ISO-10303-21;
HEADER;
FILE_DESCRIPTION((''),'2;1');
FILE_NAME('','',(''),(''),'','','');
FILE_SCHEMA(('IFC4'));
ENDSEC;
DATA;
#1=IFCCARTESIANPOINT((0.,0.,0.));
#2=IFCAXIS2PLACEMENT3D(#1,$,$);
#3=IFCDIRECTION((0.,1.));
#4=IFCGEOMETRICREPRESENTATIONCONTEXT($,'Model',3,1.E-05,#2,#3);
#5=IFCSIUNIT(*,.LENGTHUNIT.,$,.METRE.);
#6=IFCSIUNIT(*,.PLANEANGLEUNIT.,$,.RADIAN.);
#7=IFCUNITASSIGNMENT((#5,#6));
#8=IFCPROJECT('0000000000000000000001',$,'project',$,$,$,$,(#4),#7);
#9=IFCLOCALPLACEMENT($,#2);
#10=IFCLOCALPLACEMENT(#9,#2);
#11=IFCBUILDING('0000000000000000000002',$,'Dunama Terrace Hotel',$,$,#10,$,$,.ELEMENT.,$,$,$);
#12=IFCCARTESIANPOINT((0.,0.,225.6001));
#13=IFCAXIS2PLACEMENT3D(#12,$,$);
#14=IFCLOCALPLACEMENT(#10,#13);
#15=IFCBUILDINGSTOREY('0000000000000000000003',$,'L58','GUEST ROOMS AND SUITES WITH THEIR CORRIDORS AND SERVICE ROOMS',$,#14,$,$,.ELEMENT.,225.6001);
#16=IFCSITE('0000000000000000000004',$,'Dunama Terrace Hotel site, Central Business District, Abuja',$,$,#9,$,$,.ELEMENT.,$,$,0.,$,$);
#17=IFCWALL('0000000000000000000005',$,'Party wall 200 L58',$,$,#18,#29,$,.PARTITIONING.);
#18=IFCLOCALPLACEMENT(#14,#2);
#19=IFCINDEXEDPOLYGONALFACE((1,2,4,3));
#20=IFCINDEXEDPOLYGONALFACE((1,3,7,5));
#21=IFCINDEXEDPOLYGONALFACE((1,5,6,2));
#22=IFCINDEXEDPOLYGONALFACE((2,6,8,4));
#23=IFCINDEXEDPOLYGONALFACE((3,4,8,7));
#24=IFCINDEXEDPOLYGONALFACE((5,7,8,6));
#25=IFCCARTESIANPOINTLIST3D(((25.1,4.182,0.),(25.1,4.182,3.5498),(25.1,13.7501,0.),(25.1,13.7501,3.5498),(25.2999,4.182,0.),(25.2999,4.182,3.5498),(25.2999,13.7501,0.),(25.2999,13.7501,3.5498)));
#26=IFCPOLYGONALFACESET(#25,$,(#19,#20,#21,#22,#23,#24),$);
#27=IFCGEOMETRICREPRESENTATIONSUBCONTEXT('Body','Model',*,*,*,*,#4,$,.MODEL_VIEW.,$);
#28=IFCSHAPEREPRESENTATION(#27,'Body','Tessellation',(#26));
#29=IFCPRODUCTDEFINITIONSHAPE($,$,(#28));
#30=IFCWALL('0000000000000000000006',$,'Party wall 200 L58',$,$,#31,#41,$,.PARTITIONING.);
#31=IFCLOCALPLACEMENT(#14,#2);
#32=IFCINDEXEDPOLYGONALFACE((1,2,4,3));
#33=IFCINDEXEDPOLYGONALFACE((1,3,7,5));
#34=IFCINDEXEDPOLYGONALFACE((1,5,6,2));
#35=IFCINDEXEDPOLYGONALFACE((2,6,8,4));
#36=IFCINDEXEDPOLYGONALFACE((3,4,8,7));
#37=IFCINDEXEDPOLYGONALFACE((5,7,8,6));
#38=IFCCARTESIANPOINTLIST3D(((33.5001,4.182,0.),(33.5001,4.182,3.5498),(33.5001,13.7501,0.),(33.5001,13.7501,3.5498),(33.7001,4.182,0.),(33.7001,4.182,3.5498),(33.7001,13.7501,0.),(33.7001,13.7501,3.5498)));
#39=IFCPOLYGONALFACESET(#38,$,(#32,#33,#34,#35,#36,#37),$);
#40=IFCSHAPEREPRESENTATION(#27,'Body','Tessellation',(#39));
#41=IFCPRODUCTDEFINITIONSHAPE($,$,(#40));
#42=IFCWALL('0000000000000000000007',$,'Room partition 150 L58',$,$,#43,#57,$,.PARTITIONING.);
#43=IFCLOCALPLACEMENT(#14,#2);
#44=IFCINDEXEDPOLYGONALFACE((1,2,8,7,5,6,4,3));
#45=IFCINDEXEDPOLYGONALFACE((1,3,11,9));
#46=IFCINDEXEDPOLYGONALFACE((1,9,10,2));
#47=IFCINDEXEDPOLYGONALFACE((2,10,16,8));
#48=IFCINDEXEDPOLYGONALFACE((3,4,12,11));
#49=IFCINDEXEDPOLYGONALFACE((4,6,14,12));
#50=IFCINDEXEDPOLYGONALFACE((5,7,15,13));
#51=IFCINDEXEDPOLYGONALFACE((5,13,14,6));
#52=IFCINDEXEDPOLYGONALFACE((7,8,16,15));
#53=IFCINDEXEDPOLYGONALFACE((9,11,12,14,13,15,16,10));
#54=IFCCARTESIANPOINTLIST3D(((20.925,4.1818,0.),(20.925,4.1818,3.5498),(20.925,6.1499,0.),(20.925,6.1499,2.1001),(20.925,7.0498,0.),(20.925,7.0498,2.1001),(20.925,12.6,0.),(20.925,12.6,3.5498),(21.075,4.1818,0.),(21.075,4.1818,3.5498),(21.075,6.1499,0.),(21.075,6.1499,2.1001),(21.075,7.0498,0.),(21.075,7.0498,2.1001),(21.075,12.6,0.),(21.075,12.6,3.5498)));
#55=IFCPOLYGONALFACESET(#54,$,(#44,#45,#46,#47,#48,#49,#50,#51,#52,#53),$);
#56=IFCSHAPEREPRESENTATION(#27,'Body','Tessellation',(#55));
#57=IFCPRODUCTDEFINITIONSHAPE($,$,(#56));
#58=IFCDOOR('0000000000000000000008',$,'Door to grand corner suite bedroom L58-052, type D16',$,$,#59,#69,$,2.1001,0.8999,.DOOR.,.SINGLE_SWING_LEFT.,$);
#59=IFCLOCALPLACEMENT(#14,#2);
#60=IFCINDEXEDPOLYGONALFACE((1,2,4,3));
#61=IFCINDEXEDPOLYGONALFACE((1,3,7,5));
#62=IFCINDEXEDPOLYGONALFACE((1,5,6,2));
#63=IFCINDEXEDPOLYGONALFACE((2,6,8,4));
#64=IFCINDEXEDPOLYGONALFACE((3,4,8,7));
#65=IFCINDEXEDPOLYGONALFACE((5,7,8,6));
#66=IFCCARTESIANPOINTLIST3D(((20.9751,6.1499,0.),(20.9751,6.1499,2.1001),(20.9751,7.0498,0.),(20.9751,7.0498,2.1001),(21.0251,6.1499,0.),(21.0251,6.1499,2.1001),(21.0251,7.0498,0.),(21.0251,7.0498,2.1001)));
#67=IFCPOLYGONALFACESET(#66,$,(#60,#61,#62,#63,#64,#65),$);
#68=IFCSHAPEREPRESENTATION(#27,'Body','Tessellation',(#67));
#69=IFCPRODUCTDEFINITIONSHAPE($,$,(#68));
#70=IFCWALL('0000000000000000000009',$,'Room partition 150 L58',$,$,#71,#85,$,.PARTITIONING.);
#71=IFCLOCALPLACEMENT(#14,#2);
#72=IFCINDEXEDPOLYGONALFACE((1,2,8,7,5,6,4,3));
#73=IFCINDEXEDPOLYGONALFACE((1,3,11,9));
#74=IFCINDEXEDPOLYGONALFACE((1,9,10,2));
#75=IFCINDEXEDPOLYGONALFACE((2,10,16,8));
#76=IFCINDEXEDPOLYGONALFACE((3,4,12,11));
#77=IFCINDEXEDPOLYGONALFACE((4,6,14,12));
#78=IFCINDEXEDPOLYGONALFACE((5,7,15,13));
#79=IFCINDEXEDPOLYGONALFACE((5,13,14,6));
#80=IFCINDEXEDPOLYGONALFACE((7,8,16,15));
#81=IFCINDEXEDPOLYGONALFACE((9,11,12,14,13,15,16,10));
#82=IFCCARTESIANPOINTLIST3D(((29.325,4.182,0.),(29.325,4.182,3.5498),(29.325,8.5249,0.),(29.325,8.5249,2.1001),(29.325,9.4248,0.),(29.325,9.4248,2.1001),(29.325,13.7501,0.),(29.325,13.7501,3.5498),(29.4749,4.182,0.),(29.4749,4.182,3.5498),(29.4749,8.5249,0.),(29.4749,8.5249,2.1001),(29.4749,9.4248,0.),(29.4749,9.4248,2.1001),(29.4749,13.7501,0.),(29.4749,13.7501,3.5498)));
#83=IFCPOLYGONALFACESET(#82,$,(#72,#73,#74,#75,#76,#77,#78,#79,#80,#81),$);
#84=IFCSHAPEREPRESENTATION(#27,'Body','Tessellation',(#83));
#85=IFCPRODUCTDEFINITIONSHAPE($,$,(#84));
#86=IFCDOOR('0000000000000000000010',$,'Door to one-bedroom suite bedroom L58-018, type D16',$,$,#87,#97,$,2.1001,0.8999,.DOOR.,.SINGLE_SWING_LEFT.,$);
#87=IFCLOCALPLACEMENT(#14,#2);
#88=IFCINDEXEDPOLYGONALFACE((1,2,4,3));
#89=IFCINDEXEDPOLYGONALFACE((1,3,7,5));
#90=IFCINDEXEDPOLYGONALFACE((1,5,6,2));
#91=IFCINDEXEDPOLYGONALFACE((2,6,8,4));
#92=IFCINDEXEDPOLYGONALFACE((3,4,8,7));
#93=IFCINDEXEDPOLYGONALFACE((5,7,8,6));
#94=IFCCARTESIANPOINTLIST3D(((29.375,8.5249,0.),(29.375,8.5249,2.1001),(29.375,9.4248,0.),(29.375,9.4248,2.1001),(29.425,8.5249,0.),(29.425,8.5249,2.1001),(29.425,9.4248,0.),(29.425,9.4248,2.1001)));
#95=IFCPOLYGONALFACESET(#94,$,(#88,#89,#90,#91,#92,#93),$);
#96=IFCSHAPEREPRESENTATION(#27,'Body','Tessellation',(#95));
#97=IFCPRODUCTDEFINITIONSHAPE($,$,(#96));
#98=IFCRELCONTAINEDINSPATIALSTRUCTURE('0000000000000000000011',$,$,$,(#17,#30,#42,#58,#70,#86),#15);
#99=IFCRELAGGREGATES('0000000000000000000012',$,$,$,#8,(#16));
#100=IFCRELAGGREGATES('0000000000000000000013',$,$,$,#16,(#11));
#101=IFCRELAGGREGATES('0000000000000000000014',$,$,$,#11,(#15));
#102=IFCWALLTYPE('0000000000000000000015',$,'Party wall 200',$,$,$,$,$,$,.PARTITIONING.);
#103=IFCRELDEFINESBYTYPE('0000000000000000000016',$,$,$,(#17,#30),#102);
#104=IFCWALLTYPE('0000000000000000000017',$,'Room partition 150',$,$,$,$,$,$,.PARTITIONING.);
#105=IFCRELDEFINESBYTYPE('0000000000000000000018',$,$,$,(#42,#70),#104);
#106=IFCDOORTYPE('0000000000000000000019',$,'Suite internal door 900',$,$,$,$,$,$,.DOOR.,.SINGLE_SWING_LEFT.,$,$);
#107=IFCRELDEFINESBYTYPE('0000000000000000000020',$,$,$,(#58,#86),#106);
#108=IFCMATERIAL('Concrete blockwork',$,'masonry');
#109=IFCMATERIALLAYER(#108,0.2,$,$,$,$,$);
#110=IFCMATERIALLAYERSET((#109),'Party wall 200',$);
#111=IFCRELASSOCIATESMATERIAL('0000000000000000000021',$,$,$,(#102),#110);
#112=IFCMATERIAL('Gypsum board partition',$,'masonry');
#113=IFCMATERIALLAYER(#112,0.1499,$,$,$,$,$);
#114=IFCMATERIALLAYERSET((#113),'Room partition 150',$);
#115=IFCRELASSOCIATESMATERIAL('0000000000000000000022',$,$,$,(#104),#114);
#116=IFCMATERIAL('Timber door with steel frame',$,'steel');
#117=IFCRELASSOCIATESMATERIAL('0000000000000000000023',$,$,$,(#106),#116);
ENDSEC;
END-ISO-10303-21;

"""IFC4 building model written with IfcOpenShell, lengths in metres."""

from ifc_helpers import new_model, si_unit, direction, frame, frame_2d, origin, place, context, subcontext, project, spatial, rectangle, extrude, material, layer, layer_set, type_object, element, fill, save


model = new_model("IFC4")

# Units and contexts
model_context = context("Model", 3, precision=1e-05, world=origin(), true_north=direction((0.0, 1.0)))
body_context = subcontext(model_context, "Body", "Model", "MODEL_VIEW")
ifc_project = project(units=[si_unit("LENGTHUNIT", "METRE"), si_unit("PLANEANGLEUNIT", "RADIAN")], contexts=[model_context])

# Site, building, storey
site_placement = place(None, origin())
site = spatial("IfcSite", under=ifc_project, at=site_placement, Name="Dunama Terrace Hotel site, Central Business District, Abuja", CompositionType="ELEMENT", RefElevation=0.0)
building_placement = place(site_placement, origin())
building = spatial("IfcBuilding", under=site, at=building_placement, Name="Dunama Terrace Hotel", CompositionType="ELEMENT")
storey_placement = place(building_placement, frame((0.0, 0.0, 225.6001)))
storey = spatial("IfcBuildingStorey", under=building, at=storey_placement, Name="L58", Description="GUEST ROOMS AND SUITES WITH THEIR CORRIDORS AND SERVICE ROOMS", CompositionType="ELEMENT", Elevation=225.6001)

# Walls
ifc_material_1 = material(Name="Concrete blockwork", Category="masonry")
ifc_layer_1 = layer(ifc_material_1, 0.2)
ifc_layer_set_1 = layer_set([ifc_layer_1], Name="Party wall 200")
wall_type_1 = type_object("IfcWallType", Name="Party wall 200", PredefinedType="PARTITIONING", material=ifc_layer_set_1)
for number, where, z_axis, x_axis, name in (
    (1, (25.2, 4.1819, 0.0), (0.0, 0.0, 1.0), (0.0, 1.0, 0.0), "Party wall 200 L58"),
    (2, (33.6001, 4.1819, 0.0), (0.0, 0.0, 1.0), (0.0, 1.0, 0.0), "Party wall 200 L58"),
):
    element("IfcWall", number, at=place(storey_placement, frame(where, z_axis=z_axis, x_axis=x_axis)), inside=storey, type_object=wall_type_1, Name=name, PredefinedType="PARTITIONING", context=body_context, shape_type="SweptSolid", body=[
        extrude(rectangle(XDim=9.5681, YDim=0.2, at=frame_2d((4.7842, 0.0))), origin(), (0.0, 0.0, 1.0), 3.5498),
    ])

# Walls, openings, doors
ifc_material_2 = material(Name="Gypsum board partition", Category="masonry")
ifc_layer_2 = layer(ifc_material_2, 0.1499)
ifc_layer_set_2 = layer_set([ifc_layer_2], Name="Room partition 150")
wall_type_2 = type_object("IfcWallType", Name="Room partition 150", PredefinedType="PARTITIONING", material=ifc_layer_set_2)
wall_1_placement = place(storey_placement, frame((21.0, 4.1819, 0.0), z_axis=(0.0, 0.0, 1.0), x_axis=(0.0, 1.0, 0.0)))
wall_1 = element("IfcWall", 3, at=wall_1_placement, inside=storey, type_object=wall_type_2, Name="Room partition 150 L58", PredefinedType="PARTITIONING", context=body_context, shape_type="SweptSolid", body=[
    extrude(rectangle(XDim=8.4182, YDim=0.1499, at=frame_2d((4.209, 0.0))), origin(), (0.0, 0.0, 1.0), 3.5498),
])
opening_1_placement = place(wall_1_placement, frame((1.968, 0.0, 0.0)))
opening_1 = element("IfcOpeningElement", 4, at=opening_1_placement, cuts=wall_1, PredefinedType="OPENING", context=body_context, shape_type="SweptSolid", body=[
    extrude(rectangle(XDim=0.8999, YDim=2.1001, at=frame_2d((0.45, 1.05))), frame((0.0, 0.085, 0.0), z_axis=(0.0, -1.0, 0.0), x_axis=(1.0, 0.0, 0.0)), (0.0, 0.0, 1.0), 0.1699),
])
ifc_material_3 = material(Name="Timber door with steel frame", Category="steel")
door_type = type_object("IfcDoorType", Name="Suite internal door 900", OperationType="SINGLE_SWING_LEFT", PredefinedType="DOOR", material=ifc_material_3)
door_1_placement = place(opening_1_placement, origin())
door_1 = element("IfcDoor", 5, at=door_1_placement, inside=storey, type_object=door_type, Name="Door to grand corner suite bedroom L58-052, type D16", OperationType="SINGLE_SWING_LEFT", OverallHeight=2.1001, OverallWidth=0.8999, PredefinedType="DOOR", context=body_context, shape_type="SweptSolid", body=[
    extrude(rectangle(XDim=0.8999, YDim=2.1001, at=frame_2d((0.45, 1.05))), frame((0.0, 0.0249, 0.0), z_axis=(0.0, -1.0, 0.0), x_axis=(1.0, 0.0, 0.0)), (0.0, 0.0, 1.0), 0.05),
])
fill(opening_1, door_1)
wall_2_placement = place(storey_placement, frame((29.3999, 4.1819, 0.0), z_axis=(0.0, 0.0, 1.0), x_axis=(0.0, 1.0, 0.0)))
wall_2 = element("IfcWall", 6, at=wall_2_placement, inside=storey, type_object=wall_type_2, Name="Room partition 150 L58", PredefinedType="PARTITIONING", context=body_context, shape_type="SweptSolid", body=[
    extrude(rectangle(XDim=9.5681, YDim=0.1499, at=frame_2d((4.7842, 0.0))), origin(), (0.0, 0.0, 1.0), 3.5498),
])
opening_2_placement = place(wall_2_placement, frame((4.343, 0.0, 0.0)))
opening_2 = element("IfcOpeningElement", 7, at=opening_2_placement, cuts=wall_2, PredefinedType="OPENING", context=body_context, shape_type="SweptSolid", body=[
    extrude(rectangle(XDim=0.8999, YDim=2.1001, at=frame_2d((0.45, 1.05))), frame((0.0, 0.085, 0.0), z_axis=(0.0, -1.0, 0.0), x_axis=(1.0, 0.0, 0.0)), (0.0, 0.0, 1.0), 0.1699),
])
door_2_placement = place(opening_2_placement, frame((0.8999, 0.0, 0.0), z_axis=(0.0, 0.0, 1.0), x_axis=(-1.0, 0.0, 0.0)))
door_2 = element("IfcDoor", 8, at=door_2_placement, inside=storey, type_object=door_type, Name="Door to one-bedroom suite bedroom L58-018, type D16", OperationType="SINGLE_SWING_LEFT", OverallHeight=2.1001, OverallWidth=0.8999, PredefinedType="DOOR", context=body_context, shape_type="SweptSolid", body=[
    extrude(rectangle(XDim=0.8999, YDim=2.1001, at=frame_2d((0.45, 1.05))), frame((0.0, 0.0251, 0.0), z_axis=(0.0, -1.0, 0.0), x_axis=(1.0, 0.0, 0.0)), (0.0, 0.0, 1.0), 0.05),
])
fill(opening_2, door_2)

save(model, "model.ifc")
